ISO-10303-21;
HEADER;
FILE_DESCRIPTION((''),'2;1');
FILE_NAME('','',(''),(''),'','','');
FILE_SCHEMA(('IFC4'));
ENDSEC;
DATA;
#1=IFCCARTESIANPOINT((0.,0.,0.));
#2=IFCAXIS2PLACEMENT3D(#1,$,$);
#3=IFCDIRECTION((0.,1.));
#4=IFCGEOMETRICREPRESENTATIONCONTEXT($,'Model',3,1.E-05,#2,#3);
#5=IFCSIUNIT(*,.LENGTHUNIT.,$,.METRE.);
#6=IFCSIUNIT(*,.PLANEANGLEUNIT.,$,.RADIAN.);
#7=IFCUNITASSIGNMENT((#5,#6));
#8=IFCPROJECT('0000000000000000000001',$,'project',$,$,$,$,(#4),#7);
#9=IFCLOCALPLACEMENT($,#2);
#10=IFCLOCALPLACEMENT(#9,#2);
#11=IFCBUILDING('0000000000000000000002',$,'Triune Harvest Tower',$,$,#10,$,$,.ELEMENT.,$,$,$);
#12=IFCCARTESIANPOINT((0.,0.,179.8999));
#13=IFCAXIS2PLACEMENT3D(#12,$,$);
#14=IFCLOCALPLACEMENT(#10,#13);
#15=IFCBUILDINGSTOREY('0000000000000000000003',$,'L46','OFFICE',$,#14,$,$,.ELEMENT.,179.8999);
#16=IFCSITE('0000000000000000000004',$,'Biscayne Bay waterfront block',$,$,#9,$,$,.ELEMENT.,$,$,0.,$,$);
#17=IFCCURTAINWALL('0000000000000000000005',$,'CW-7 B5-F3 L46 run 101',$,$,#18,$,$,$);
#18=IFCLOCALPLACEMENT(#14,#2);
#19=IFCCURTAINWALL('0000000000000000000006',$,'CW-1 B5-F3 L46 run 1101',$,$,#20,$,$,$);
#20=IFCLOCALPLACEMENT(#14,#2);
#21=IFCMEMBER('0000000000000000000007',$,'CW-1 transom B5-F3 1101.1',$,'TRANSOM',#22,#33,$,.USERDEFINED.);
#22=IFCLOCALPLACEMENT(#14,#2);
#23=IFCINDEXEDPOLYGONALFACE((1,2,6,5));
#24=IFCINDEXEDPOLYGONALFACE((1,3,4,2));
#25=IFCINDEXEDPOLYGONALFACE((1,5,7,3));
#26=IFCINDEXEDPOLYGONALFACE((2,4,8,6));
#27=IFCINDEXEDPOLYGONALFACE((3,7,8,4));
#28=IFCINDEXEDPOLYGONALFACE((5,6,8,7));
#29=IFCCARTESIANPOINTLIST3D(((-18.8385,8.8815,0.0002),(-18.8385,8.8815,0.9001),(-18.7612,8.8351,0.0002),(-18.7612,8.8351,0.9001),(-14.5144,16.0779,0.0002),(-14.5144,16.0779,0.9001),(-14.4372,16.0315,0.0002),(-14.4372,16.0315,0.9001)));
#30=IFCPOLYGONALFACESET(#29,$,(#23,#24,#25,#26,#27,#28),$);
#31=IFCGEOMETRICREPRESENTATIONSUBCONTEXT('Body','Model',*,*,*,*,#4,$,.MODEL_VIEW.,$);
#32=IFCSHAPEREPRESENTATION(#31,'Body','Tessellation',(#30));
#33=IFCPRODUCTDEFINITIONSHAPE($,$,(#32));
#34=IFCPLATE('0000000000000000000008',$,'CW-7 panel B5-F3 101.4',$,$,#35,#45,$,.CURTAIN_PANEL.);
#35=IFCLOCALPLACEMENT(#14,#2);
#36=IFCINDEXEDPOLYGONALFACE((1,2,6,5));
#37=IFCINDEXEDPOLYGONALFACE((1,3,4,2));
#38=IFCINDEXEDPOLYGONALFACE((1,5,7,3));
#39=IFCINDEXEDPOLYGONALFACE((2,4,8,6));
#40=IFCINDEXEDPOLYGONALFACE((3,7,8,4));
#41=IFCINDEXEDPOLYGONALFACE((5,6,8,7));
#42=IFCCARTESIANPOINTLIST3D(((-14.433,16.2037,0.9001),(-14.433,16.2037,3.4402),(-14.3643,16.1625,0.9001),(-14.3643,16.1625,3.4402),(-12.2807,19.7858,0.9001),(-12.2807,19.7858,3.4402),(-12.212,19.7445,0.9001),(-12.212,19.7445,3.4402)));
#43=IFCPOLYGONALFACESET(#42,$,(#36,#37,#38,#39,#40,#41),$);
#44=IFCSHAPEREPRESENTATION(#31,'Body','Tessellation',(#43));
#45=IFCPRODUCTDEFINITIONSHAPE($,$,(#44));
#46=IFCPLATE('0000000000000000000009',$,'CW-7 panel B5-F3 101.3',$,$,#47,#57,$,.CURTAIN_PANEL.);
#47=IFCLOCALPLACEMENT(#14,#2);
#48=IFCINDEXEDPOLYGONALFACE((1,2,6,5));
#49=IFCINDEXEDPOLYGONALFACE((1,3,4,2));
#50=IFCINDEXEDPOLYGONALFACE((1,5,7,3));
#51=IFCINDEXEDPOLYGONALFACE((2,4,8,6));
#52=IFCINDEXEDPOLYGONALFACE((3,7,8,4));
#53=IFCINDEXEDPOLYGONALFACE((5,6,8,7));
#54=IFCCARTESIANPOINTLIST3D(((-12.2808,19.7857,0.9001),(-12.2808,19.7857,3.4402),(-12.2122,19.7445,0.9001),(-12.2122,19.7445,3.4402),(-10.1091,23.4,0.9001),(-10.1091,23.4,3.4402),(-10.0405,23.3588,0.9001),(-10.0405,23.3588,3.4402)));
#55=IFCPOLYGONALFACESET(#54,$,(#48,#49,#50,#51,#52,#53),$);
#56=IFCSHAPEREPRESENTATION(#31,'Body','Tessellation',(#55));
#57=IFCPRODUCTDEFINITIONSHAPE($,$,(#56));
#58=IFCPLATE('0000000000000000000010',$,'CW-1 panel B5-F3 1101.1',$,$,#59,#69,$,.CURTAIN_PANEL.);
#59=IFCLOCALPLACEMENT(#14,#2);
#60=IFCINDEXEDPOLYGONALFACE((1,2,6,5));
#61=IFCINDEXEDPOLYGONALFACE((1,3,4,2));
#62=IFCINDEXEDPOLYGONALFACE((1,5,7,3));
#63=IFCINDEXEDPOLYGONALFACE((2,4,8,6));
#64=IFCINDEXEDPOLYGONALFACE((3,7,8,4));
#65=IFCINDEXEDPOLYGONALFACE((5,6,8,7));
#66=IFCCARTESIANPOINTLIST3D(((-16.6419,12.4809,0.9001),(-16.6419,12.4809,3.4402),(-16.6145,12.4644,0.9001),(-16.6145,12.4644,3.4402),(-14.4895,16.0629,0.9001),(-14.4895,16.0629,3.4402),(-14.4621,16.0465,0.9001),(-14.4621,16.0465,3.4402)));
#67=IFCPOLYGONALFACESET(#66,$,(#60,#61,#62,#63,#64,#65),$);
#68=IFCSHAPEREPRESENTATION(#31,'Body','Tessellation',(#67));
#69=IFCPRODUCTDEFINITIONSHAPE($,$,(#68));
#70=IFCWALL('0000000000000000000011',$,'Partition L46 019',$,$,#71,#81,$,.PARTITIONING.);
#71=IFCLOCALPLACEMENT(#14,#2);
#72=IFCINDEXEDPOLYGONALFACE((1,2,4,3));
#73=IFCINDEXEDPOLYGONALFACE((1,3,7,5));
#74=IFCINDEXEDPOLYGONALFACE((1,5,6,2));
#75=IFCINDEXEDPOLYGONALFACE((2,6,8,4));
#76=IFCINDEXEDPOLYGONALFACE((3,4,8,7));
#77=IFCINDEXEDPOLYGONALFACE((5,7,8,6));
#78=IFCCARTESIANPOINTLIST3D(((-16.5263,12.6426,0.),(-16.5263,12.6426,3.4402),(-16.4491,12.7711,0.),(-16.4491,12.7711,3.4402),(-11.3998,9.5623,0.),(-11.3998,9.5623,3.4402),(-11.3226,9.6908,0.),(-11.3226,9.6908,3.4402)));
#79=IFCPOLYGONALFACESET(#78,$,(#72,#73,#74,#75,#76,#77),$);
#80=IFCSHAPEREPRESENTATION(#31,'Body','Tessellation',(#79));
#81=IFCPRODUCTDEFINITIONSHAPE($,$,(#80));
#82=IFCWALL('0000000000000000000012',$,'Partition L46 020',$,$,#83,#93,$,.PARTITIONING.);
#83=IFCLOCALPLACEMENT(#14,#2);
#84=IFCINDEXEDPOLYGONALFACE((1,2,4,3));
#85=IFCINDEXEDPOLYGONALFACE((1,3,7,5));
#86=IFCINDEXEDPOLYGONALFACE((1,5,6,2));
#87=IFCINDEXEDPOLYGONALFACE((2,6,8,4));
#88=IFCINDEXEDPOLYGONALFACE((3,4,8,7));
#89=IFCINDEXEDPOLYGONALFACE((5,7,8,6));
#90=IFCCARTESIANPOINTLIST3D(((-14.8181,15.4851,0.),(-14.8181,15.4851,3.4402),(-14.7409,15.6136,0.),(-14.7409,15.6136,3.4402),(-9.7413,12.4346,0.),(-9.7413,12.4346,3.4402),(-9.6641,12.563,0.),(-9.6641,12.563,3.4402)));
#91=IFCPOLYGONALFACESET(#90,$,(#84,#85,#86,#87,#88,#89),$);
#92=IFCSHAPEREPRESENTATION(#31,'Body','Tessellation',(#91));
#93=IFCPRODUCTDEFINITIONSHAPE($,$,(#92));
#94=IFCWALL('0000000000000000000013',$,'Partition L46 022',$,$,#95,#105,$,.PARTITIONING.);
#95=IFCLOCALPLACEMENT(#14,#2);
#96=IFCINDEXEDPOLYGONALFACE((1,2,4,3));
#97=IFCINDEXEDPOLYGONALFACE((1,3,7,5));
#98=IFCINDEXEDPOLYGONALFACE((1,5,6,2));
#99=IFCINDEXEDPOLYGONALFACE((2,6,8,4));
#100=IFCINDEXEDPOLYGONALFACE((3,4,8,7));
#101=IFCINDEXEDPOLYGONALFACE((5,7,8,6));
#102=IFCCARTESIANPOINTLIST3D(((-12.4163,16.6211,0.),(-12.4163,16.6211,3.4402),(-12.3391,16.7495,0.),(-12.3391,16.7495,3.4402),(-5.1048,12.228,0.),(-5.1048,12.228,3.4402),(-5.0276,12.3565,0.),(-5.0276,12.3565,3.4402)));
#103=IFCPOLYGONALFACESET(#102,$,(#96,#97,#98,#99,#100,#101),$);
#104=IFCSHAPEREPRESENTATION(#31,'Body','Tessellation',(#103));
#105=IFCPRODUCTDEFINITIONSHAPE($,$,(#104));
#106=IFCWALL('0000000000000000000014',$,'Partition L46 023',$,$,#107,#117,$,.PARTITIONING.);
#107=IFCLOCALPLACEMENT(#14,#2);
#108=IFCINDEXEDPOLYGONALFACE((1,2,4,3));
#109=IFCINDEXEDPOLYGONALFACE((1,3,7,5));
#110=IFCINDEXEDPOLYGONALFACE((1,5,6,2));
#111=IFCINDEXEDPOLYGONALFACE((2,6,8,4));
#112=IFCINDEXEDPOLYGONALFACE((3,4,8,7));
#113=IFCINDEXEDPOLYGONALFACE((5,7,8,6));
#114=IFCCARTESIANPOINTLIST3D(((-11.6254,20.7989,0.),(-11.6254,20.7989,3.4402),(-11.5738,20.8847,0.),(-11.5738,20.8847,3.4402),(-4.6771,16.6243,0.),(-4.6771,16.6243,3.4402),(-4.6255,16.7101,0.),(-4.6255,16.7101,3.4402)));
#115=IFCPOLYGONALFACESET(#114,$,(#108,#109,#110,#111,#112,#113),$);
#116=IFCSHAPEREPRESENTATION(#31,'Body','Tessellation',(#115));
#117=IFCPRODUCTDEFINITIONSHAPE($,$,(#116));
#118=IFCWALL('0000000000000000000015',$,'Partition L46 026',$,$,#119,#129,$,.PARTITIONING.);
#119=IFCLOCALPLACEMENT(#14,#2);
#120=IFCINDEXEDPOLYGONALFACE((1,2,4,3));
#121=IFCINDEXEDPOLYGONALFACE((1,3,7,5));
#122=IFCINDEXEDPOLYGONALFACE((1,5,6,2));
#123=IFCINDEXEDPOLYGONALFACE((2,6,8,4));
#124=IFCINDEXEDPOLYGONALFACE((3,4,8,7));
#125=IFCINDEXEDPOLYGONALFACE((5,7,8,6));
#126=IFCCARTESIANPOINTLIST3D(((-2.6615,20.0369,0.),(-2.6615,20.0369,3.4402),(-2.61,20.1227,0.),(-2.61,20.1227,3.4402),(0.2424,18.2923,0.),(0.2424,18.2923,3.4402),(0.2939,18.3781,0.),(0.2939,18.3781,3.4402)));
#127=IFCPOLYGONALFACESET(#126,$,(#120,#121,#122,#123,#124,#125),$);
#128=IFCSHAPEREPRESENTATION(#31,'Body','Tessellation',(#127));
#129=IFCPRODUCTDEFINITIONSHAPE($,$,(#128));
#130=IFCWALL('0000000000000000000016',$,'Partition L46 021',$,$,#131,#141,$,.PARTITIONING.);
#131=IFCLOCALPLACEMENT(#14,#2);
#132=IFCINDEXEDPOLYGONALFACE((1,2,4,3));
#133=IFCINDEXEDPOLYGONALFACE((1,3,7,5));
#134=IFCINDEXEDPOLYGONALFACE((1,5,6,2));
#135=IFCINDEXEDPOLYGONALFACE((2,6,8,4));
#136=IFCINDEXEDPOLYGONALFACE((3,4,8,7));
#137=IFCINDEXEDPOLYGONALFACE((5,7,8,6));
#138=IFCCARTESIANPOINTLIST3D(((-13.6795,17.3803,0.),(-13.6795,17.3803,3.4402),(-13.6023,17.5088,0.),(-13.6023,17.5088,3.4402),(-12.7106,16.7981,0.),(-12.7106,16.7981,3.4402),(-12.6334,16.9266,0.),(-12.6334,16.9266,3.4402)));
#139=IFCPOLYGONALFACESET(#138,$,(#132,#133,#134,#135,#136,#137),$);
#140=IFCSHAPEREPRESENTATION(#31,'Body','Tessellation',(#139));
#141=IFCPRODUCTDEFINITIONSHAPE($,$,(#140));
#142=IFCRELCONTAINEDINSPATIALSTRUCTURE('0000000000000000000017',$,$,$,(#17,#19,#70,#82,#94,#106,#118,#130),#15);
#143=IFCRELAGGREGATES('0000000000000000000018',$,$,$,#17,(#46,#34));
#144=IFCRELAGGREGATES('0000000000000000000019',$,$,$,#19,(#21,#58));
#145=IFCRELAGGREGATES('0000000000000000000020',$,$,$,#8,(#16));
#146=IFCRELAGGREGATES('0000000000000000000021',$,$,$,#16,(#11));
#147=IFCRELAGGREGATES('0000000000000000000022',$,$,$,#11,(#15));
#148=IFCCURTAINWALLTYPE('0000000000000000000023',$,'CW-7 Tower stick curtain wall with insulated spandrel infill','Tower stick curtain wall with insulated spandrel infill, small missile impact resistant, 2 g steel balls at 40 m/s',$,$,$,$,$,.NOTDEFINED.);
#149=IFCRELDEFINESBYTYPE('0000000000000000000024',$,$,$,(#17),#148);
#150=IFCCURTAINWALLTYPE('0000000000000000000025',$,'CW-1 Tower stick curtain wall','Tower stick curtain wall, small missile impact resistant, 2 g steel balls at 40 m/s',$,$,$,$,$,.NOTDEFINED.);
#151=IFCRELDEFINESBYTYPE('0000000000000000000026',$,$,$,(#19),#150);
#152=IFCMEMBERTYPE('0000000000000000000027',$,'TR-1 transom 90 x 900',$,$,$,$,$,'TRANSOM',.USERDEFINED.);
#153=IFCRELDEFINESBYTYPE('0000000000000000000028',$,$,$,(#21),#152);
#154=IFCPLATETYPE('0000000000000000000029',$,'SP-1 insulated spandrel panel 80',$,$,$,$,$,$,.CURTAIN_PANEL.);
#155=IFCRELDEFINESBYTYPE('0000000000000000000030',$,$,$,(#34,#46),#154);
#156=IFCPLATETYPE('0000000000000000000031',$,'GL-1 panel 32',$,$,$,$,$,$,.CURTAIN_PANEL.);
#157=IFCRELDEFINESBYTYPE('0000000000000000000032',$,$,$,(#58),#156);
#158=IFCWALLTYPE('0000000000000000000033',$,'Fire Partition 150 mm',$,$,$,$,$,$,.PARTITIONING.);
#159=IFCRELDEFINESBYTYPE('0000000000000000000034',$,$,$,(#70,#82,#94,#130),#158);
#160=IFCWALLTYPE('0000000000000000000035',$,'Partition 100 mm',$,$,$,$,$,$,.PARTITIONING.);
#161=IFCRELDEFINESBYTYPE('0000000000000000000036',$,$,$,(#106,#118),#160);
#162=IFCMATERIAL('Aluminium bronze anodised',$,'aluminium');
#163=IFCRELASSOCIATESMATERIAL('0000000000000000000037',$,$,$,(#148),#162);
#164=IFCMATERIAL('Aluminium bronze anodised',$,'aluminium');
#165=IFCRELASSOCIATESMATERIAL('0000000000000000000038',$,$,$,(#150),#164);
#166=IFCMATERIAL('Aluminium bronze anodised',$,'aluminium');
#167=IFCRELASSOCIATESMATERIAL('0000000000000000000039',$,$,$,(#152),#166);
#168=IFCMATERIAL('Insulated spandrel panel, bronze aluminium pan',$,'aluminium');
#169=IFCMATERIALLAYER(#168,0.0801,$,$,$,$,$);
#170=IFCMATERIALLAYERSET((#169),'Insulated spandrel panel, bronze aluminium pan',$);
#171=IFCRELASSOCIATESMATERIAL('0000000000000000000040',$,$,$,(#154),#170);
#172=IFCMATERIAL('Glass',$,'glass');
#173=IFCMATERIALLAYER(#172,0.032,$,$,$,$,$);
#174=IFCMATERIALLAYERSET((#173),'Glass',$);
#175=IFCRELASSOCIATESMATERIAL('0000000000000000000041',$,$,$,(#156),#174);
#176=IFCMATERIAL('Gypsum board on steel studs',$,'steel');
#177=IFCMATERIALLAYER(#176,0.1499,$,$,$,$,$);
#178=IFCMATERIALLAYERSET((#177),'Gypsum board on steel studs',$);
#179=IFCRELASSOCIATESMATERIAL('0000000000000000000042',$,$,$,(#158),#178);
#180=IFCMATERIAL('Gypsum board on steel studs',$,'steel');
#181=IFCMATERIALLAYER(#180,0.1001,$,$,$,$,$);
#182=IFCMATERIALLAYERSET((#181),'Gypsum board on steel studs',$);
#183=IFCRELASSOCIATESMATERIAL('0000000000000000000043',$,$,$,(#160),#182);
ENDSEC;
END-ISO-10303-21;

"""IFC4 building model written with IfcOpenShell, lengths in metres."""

from ifc_helpers import new_model, si_unit, direction, frame, frame_2d, origin, origin_2d, place, context, subcontext, project, spatial, rectangle, extrude, source, transform, mapped, material, layer, layer_set, material_profile, profile_set, type_object, element, aggregate, save


model = new_model("IFC4")

# Units and contexts
model_context = context("Model", 3, precision=1e-05, world=origin(), true_north=direction((0.0, 1.0)))
body_context = subcontext(model_context, "Body", "Model", "MODEL_VIEW")
ifc_project = project(units=[si_unit("LENGTHUNIT", "METRE"), si_unit("PLANEANGLEUNIT", "RADIAN")], contexts=[model_context])

# Site, building, storey
site_placement = place(None, origin())
site = spatial("IfcSite", under=ifc_project, at=site_placement, Name="Biscayne Bay waterfront block", CompositionType="ELEMENT", RefElevation=0.0)
building_placement = place(site_placement, origin())
building = spatial("IfcBuilding", under=site, at=building_placement, Name="Triune Harvest Tower", CompositionType="ELEMENT")
storey_placement = place(building_placement, frame((0.0, 0.0, 179.8999)))
storey = spatial("IfcBuildingStorey", under=building, at=storey_placement, Name="L46", Description="OFFICE", CompositionType="ELEMENT", Elevation=179.8999)

# Curtain wall
ifc_material_1 = material(Name="Aluminium bronze anodised", Category="aluminium")
curtain_wall_type_1 = type_object("IfcCurtainWallType", Name="CW-7 Tower stick curtain wall with insulated spandrel infill", Description="Tower stick curtain wall with insulated spandrel infill, small missile impact resistant, 2 g steel balls at 40 m/s", PredefinedType="NOTDEFINED", material=ifc_material_1)
curtain_wall_1_placement = place(storey_placement, origin())
curtain_wall_1 = element("IfcCurtainWall", 1, at=curtain_wall_1_placement, inside=storey, type_object=curtain_wall_type_1, Name="CW-7 B5-F3 L46 run 101")

# Curtain wall
ifc_material_2 = material(Name="Aluminium bronze anodised", Category="aluminium")
curtain_wall_type_2 = type_object("IfcCurtainWallType", Name="CW-1 Tower stick curtain wall", Description="Tower stick curtain wall, small missile impact resistant, 2 g steel balls at 40 m/s", PredefinedType="NOTDEFINED", material=ifc_material_2)
curtain_wall_2_placement = place(storey_placement, origin())
curtain_wall_2 = element("IfcCurtainWall", 2, at=curtain_wall_2_placement, inside=storey, type_object=curtain_wall_type_2, Name="CW-1 B5-F3 L46 run 1101")

# Member
ifc_material_3 = material(Name="Aluminium bronze anodised", Category="aluminium")
ifc_material_profile_1 = material_profile(ifc_material_3, rectangle(XDim=0.0901, YDim=0.8999, at=origin_2d()), Name="TR-1 transom 90 x 900")
ifc_profile_set_1 = profile_set([ifc_material_profile_1], Name="Aluminium bronze anodised")
member_type_1 = type_object("IfcMemberType", Name="TR-1 transom 90 x 900", ElementType="TRANSOM", PredefinedType="USERDEFINED", material=ifc_profile_set_1)
shared_shape_1 = source(origin(), body_context, "Body", "SweptSolid", [
    extrude(rectangle(XDim=0.0901, YDim=0.8999, at=origin_2d()), origin(), (0.0, 0.0, 1.0), 8.3955),
])
member_1_placement = place(storey_placement, frame((-14.4758, 16.0547, 0.4502), z_axis=(-0.515039, -0.857167, 0.0), x_axis=(0.857167, -0.515039, 0.0)))
member_1 = element("IfcMember", 3, at=member_1_placement, type_object=member_type_1, Name="CW-1 transom B5-F3 1101.1", ObjectType="TRANSOM", PredefinedType="USERDEFINED", context=body_context, shape_type="MappedRepresentation", body=[
    mapped(shared_shape_1, transform((0.0, 0.0, 0.0), scale=1.0)),
])

# Plates
ifc_material_4 = material(Name="Insulated spandrel panel, bronze aluminium pan", Category="aluminium")
ifc_layer_1 = layer(ifc_material_4, 0.0801)
ifc_layer_set_1 = layer_set([ifc_layer_1], Name="Insulated spandrel panel, bronze aluminium pan")
plate_type_1 = type_object("IfcPlateType", Name="SP-1 insulated spandrel panel 80", PredefinedType="CURTAIN_PANEL", material=ifc_layer_set_1)
shared_shape_2 = source(origin(), body_context, "Body", "SweptSolid", [
    extrude(rectangle(XDim=4.179, YDim=0.0801, at=origin_2d()), origin(), (0.0, 0.0, 1.0), 2.54),
])
plate_1_placement = place(storey_placement, frame((-13.3225, 17.9741, 0.9001), z_axis=(0.0, 0.0, 1.0), x_axis=(-0.515034, -0.85717, 0.0)))
plate_1 = element("IfcPlate", 4, at=plate_1_placement, type_object=plate_type_1, Name="CW-7 panel B5-F3 101.4", PredefinedType="CURTAIN_PANEL", context=body_context, shape_type="MappedRepresentation", body=[
    mapped(shared_shape_2, transform((0.0, 0.0, 0.0), scale=1.0)),
])
shared_shape_3 = source(origin(), body_context, "Body", "SweptSolid", [
    extrude(rectangle(XDim=4.2166, YDim=0.0801, at=origin_2d()), origin(), (0.0, 0.0, 1.0), 2.54),
])
plate_2_placement = place(storey_placement, frame((-11.1606, 21.5723, 0.9001), z_axis=(0.0, 0.0, 1.0), x_axis=(-0.515034, -0.85717, 0.0)))
plate_2 = element("IfcPlate", 5, at=plate_2_placement, type_object=plate_type_1, Name="CW-7 panel B5-F3 101.3", PredefinedType="CURTAIN_PANEL", context=body_context, shape_type="MappedRepresentation", body=[
    mapped(shared_shape_3, transform((0.0, 0.0, 0.0), scale=1.0)),
])
aggregate(curtain_wall_1, [plate_2, plate_1])
ifc_material_5 = material(Name="Glass", Category="glass")
ifc_layer_2 = layer(ifc_material_5, 0.032)
ifc_layer_set_2 = layer_set([ifc_layer_2], Name="Glass")
plate_type_2 = type_object("IfcPlateType", Name="GL-1 panel 32", PredefinedType="CURTAIN_PANEL", material=ifc_layer_set_2)
shared_shape_4 = source(origin(), body_context, "Body", "SweptSolid", [
    extrude(rectangle(XDim=4.179, YDim=0.032, at=origin_2d()), origin(), (0.0, 0.0, 1.0), 2.54),
])
plate_3_placement = place(storey_placement, frame((-15.552, 14.2637, 0.9001), z_axis=(0.0, 0.0, 1.0), x_axis=(-0.515043, -0.857164, 0.0)))
plate_3 = element("IfcPlate", 6, at=plate_3_placement, type_object=plate_type_2, Name="CW-1 panel B5-F3 1101.1", PredefinedType="CURTAIN_PANEL", context=body_context, shape_type="MappedRepresentation", body=[
    mapped(shared_shape_4, transform((0.0, 0.0, 0.0), scale=1.0)),
])
aggregate(curtain_wall_2, [member_1, plate_3])

# Walls
ifc_material_6 = material(Name="Gypsum board on steel studs", Category="steel")
ifc_layer_3 = layer(ifc_material_6, 0.1499)
ifc_layer_set_3 = layer_set([ifc_layer_3], Name="Gypsum board on steel studs")
wall_type_1 = type_object("IfcWallType", Name="Fire Partition 150 mm", PredefinedType="PARTITIONING", material=ifc_layer_set_3)
wall_1_placement = place(storey_placement, frame((-16.4875, 12.7068, 0.0), z_axis=(0.0, 0.0, 1.0), x_axis=(0.857165, -0.515042, 0.0)))
element("IfcWall", 7, at=wall_1_placement, inside=storey, type_object=wall_type_1, Name="Partition L46 019", PredefinedType="PARTITIONING", context=body_context, shape_type="SweptSolid", body=[
    extrude(rectangle(XDim=5.9807, YDim=0.1499, at=frame_2d((2.9902, 0.0))), origin(), (0.0, 0.0, 1.0), 3.4402),
])
wall_2_placement = place(storey_placement, frame((-14.7795, 15.5493, 0.0), z_axis=(0.0, 0.0, 1.0), x_axis=(0.857165, -0.515041, 0.0)))
element("IfcWall", 8, at=wall_2_placement, inside=storey, type_object=wall_type_1, Name="Partition L46 020", PredefinedType="PARTITIONING", context=body_context, shape_type="SweptSolid", body=[
    extrude(rectangle(XDim=5.9229, YDim=0.1499, at=frame_2d((2.9614, 0.0))), origin(), (0.0, 0.0, 1.0), 3.4402),
])
wall_3_placement = place(storey_placement, frame((-12.3777, 16.6853, 0.0), z_axis=(0.0, 0.0, 1.0), x_axis=(0.857175, -0.515026, 0.0)))
element("IfcWall", 9, at=wall_3_placement, inside=storey, type_object=wall_type_1, Name="Partition L46 022", PredefinedType="PARTITIONING", context=body_context, shape_type="SweptSolid", body=[
    extrude(rectangle(XDim=8.5298, YDim=0.1499, at=frame_2d((4.2649, 0.0))), origin(), (0.0, 0.0, 1.0), 3.4402),
])
ifc_material_7 = material(Name="Gypsum board on steel studs", Category="steel")
ifc_layer_4 = layer(ifc_material_7, 0.1001)
ifc_layer_set_4 = layer_set([ifc_layer_4], Name="Gypsum board on steel studs")
wall_type_2 = type_object("IfcWallType", Name="Partition 100 mm", PredefinedType="PARTITIONING", material=ifc_layer_set_4)
wall_4_placement = place(storey_placement, frame((-11.5996, 20.8418, 0.0), z_axis=(0.0, 0.0, 1.0), x_axis=(0.857187, -0.515005, 0.0)))
element("IfcWall", 10, at=wall_4_placement, inside=storey, type_object=wall_type_2, Name="Partition L46 023", PredefinedType="PARTITIONING", context=body_context, shape_type="SweptSolid", body=[
    extrude(rectangle(XDim=8.106, YDim=0.1001, at=frame_2d((4.053, 0.0))), origin(), (0.0, 0.0, 1.0), 3.4402),
])
wall_5_placement = place(storey_placement, frame((-2.6357, 20.0798, 0.0), z_axis=(0.0, 0.0, 1.0), x_axis=(0.857188, -0.515004, 0.0)))
element("IfcWall", 11, at=wall_5_placement, inside=storey, type_object=wall_type_2, Name="Partition L46 026", PredefinedType="PARTITIONING", context=body_context, shape_type="SweptSolid", body=[
    extrude(rectangle(XDim=3.3877, YDim=0.1001, at=frame_2d((1.6938, 0.0))), origin(), (0.0, 0.0, 1.0), 3.4402),
])
shared_shape_5 = source(origin(), body_context, "Body", "SweptSolid", [
    extrude(rectangle(XDim=1.1304, YDim=0.1499, at=frame_2d((0.5652, 0.0))), origin(), (0.0, 0.0, 1.0), 3.4402),
])
wall_6_placement = place(storey_placement, frame((-13.6409, 17.4446, 0.0), z_axis=(0.0, 0.0, 1.0), x_axis=(0.85715, -0.515067, 0.0)))
element("IfcWall", 12, at=wall_6_placement, inside=storey, type_object=wall_type_1, Name="Partition L46 021", PredefinedType="PARTITIONING", context=body_context, shape_type="MappedRepresentation", body=[
    mapped(shared_shape_5, transform((0.0, 0.0, 0.0), scale=1.0)),
])

save(model, "model.ifc")
